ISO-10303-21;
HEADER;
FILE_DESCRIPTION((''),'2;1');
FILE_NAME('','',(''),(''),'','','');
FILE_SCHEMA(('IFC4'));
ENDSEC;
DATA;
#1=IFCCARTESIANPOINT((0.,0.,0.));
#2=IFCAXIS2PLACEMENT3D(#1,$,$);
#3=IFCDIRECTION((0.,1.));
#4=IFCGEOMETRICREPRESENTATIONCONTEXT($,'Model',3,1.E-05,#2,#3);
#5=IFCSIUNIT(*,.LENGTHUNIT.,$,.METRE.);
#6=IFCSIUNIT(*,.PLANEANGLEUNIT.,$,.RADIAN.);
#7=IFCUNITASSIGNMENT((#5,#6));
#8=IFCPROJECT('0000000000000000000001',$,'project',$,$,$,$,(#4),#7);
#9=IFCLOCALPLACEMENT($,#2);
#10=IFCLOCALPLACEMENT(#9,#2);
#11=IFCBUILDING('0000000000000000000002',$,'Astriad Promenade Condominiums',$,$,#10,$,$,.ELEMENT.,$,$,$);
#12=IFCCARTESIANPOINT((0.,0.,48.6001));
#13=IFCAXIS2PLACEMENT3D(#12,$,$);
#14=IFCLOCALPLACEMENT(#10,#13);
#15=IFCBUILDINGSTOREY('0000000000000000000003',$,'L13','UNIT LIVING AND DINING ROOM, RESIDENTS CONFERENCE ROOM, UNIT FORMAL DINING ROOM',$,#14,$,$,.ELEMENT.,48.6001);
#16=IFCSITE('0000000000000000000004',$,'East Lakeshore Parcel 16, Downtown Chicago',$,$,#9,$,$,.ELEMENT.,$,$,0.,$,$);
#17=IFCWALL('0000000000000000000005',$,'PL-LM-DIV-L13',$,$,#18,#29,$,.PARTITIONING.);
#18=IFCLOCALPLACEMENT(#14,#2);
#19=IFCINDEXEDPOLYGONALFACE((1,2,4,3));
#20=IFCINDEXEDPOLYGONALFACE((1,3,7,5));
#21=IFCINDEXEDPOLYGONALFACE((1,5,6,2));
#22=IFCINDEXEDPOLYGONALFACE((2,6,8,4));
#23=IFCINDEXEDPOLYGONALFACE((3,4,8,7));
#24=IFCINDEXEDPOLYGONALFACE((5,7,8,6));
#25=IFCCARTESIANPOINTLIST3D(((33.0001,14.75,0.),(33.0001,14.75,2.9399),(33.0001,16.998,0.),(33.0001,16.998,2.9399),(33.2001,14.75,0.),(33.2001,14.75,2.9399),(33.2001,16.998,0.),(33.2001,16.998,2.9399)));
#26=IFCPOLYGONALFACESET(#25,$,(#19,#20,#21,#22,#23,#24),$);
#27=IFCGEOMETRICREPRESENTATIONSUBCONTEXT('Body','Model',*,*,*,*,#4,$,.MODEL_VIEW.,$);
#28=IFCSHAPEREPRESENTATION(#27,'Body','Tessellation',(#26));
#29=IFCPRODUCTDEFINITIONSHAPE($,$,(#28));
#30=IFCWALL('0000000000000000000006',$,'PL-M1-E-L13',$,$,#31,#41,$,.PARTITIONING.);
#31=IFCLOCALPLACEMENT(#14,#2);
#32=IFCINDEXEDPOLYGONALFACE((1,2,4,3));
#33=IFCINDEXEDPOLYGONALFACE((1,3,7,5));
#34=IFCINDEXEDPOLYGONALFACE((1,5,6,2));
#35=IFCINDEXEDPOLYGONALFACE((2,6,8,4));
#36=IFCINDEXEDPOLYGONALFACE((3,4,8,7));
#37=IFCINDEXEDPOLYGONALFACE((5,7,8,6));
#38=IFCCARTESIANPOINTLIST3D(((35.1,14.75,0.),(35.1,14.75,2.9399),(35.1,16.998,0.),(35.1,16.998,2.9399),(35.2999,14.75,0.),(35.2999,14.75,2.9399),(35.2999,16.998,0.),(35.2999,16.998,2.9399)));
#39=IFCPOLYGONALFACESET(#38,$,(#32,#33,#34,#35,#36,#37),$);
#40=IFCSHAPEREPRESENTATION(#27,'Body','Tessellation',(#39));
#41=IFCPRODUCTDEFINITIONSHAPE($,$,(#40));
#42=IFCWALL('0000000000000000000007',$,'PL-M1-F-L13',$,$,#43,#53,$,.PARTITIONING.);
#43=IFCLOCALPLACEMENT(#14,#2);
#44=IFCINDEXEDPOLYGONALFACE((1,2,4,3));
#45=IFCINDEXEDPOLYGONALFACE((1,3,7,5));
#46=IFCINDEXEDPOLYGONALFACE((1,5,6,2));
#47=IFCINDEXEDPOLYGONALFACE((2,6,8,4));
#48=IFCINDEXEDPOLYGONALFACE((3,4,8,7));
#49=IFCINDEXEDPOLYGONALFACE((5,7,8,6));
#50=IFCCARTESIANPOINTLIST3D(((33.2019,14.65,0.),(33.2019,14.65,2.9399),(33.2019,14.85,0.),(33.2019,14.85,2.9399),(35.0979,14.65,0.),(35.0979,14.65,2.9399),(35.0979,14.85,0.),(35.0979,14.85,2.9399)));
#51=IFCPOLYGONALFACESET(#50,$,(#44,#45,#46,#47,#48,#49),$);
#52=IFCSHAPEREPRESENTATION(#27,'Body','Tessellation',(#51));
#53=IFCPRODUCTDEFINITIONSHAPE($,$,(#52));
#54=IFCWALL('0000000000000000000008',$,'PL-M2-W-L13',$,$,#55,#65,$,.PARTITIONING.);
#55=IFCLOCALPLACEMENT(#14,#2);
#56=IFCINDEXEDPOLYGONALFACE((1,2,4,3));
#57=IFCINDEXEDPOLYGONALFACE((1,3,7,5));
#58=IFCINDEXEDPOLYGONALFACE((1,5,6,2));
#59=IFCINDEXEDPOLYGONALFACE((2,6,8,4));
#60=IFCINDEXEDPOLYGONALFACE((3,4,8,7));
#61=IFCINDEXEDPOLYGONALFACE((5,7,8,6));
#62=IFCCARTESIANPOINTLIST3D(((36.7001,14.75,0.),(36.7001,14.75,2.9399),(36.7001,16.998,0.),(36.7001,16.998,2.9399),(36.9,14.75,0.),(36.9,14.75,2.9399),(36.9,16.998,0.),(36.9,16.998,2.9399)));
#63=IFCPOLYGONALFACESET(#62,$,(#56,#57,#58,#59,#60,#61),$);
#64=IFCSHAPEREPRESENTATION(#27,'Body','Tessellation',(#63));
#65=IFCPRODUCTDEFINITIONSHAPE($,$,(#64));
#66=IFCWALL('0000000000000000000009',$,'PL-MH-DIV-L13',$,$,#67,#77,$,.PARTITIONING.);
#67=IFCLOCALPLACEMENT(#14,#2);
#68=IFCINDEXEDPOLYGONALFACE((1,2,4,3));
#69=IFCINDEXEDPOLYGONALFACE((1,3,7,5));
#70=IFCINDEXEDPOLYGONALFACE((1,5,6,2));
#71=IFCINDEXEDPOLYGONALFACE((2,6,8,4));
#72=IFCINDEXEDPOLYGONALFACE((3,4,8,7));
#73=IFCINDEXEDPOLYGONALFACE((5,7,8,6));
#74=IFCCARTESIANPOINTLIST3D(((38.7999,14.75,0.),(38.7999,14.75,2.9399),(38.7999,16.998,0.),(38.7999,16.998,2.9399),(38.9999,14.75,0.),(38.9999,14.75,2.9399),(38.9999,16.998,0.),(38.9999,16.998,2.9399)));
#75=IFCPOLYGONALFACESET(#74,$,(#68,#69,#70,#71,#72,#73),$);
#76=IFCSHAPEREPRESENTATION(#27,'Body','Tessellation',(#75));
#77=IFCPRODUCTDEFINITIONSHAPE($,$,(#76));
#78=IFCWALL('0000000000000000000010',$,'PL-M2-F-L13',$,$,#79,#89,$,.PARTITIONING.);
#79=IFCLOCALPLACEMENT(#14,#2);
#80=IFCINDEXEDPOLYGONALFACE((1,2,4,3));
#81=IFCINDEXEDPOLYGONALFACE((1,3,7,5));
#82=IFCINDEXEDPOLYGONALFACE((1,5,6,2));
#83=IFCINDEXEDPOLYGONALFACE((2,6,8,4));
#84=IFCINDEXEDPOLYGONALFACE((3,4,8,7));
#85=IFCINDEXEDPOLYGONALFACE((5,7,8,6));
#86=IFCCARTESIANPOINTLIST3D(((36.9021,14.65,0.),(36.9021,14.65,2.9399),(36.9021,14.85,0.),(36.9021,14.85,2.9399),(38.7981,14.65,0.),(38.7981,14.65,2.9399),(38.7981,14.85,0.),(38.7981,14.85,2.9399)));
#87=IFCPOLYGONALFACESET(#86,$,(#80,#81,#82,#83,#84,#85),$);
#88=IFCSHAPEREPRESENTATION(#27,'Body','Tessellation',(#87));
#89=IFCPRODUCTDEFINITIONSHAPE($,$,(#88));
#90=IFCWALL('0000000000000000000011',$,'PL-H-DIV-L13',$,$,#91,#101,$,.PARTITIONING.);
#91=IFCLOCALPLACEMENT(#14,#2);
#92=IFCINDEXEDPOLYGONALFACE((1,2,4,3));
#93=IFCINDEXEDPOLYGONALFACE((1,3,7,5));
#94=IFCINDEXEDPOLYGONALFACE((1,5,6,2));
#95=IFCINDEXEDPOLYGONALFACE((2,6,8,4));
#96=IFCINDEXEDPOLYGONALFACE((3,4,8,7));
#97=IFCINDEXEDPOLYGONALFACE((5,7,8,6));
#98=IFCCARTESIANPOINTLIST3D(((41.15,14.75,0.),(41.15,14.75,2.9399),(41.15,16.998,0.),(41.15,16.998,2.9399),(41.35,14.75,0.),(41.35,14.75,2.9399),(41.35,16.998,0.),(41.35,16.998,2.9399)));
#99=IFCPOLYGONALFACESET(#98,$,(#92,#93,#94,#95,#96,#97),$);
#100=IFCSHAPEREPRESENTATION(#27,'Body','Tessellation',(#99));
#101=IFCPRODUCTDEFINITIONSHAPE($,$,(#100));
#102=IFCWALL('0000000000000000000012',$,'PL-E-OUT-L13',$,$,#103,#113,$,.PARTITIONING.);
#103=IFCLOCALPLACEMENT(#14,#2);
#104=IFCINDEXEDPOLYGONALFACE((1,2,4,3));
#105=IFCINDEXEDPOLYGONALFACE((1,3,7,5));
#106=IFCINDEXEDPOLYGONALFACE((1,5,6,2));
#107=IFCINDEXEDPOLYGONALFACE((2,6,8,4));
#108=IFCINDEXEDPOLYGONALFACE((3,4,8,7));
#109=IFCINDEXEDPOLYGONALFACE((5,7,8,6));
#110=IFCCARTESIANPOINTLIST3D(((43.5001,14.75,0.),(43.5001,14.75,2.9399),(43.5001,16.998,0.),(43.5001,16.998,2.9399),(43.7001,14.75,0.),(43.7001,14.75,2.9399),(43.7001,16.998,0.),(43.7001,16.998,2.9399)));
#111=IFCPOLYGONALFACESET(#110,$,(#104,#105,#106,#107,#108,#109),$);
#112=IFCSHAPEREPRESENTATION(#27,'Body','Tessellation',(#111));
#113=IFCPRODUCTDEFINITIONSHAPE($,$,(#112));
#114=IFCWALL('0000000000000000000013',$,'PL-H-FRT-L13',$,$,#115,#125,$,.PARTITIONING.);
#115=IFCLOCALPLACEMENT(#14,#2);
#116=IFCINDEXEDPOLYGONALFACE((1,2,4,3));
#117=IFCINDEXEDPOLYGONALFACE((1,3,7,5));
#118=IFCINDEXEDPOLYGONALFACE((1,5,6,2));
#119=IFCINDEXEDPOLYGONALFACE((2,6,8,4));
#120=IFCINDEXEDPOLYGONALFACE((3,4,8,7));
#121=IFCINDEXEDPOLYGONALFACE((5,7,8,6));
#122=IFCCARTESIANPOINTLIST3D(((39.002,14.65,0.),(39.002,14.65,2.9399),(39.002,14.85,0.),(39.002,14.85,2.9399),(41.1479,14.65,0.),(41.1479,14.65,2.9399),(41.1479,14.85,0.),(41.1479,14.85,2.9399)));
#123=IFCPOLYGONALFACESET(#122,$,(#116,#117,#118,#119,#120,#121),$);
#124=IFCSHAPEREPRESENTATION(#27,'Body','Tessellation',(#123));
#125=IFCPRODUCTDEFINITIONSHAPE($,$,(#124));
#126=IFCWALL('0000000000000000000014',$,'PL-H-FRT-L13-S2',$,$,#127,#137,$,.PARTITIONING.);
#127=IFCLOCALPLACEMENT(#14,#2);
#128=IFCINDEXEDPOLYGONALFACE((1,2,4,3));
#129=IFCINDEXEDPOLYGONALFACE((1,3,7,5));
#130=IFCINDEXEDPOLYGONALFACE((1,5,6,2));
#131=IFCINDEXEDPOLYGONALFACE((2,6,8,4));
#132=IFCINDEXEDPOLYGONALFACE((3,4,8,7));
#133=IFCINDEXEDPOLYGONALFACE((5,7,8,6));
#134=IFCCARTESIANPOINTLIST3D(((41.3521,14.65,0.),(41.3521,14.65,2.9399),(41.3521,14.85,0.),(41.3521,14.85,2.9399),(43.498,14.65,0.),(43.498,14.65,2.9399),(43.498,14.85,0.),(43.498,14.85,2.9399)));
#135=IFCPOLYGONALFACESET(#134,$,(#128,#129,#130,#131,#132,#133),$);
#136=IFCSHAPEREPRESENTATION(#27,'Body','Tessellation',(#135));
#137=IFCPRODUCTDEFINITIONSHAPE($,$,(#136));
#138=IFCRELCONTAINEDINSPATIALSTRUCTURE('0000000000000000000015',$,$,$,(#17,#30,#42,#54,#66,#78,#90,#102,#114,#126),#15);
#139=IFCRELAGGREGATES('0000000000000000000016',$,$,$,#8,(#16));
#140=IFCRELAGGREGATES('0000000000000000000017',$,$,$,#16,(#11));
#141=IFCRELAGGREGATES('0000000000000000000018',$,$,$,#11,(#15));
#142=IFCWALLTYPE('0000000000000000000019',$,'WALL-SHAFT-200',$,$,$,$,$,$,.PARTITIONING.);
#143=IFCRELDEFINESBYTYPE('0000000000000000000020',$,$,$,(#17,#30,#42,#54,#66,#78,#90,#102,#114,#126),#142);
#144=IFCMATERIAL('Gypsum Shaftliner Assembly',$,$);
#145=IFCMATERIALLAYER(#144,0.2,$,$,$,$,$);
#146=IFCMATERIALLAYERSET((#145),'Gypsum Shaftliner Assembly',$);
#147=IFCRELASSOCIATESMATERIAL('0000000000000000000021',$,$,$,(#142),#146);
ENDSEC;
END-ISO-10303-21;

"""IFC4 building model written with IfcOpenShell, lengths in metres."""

from ifc_helpers import new_model, si_unit, direction, frame, frame_2d, origin, place, context, subcontext, project, spatial, rectangle, extrude, material, layer, layer_set, type_object, element, save


model = new_model("IFC4")

# Units and contexts
model_context = context("Model", 3, precision=1e-05, world=origin(), true_north=direction((0.0, 1.0)))
body_context = subcontext(model_context, "Body", "Model", "MODEL_VIEW")
ifc_project = project(units=[si_unit("LENGTHUNIT", "METRE"), si_unit("PLANEANGLEUNIT", "RADIAN")], contexts=[model_context])

# Site, building, storey
site_placement = place(None, origin())
site = spatial("IfcSite", under=ifc_project, at=site_placement, Name="East Lakeshore Parcel 16, Downtown Chicago", CompositionType="ELEMENT", RefElevation=0.0)
building_placement = place(site_placement, origin())
building = spatial("IfcBuilding", under=site, at=building_placement, Name="Astriad Promenade Condominiums", CompositionType="ELEMENT")
storey_placement = place(building_placement, frame((0.0, 0.0, 48.6001)))
storey = spatial("IfcBuildingStorey", under=building, at=storey_placement, Name="L13", Description="UNIT LIVING AND DINING ROOM, RESIDENTS CONFERENCE ROOM, UNIT FORMAL DINING ROOM", CompositionType="ELEMENT", Elevation=48.6001)

# Walls
ifc_material_1 = material(Name="Gypsum Shaftliner Assembly")
ifc_layer_1 = layer(ifc_material_1, 0.2)
ifc_layer_set_1 = layer_set([ifc_layer_1], Name="Gypsum Shaftliner Assembly")
wall_type_1 = type_object("IfcWallType", Name="WALL-SHAFT-200", PredefinedType="PARTITIONING", material=ifc_layer_set_1)
for number, where, z_axis, x_axis, name in (
    (1, (33.1001, 14.75, 0.0), (0.0, 0.0, 1.0), (0.0, 1.0, 0.0), "PL-LM-DIV-L13"),
    (2, (35.2, 14.75, 0.0), (0.0, 0.0, 1.0), (0.0, 1.0, 0.0), "PL-M1-E-L13"),
):
    element("IfcWall", number, at=place(storey_placement, frame(where, z_axis=z_axis, x_axis=x_axis)), inside=storey, type_object=wall_type_1, Name=name, PredefinedType="PARTITIONING", context=body_context, shape_type="SweptSolid", body=[
        extrude(rectangle(XDim=2.248, YDim=0.2, at=frame_2d((1.124, 0.0))), origin(), (0.0, 0.0, 1.0), 2.9399),
    ])
wall_1_placement = place(storey_placement, frame((33.2019, 14.75, 0.0), z_axis=(0.0, 0.0, 1.0), x_axis=(1.0, 0.0, 0.0)))
element("IfcWall", 3, at=wall_1_placement, inside=storey, type_object=wall_type_1, Name="PL-M1-F-L13", PredefinedType="PARTITIONING", context=body_context, shape_type="SweptSolid", body=[
    extrude(rectangle(XDim=1.896, YDim=0.2, at=frame_2d((0.948, 0.0))), origin(), (0.0, 0.0, 1.0), 2.9399),
])
for number, where, z_axis, x_axis, name in (
    (4, (36.8, 14.75, 0.0), (0.0, 0.0, 1.0), (0.0, 1.0, 0.0), "PL-M2-W-L13"),
    (5, (38.8999, 14.75, 0.0), (0.0, 0.0, 1.0), (0.0, 1.0, 0.0), "PL-MH-DIV-L13"),
):
    element("IfcWall", number, at=place(storey_placement, frame(where, z_axis=z_axis, x_axis=x_axis)), inside=storey, type_object=wall_type_1, Name=name, PredefinedType="PARTITIONING", context=body_context, shape_type="SweptSolid", body=[
        extrude(rectangle(XDim=2.248, YDim=0.2, at=frame_2d((1.124, 0.0))), origin(), (0.0, 0.0, 1.0), 2.9399),
    ])
wall_2_placement = place(storey_placement, frame((36.9021, 14.75, 0.0), z_axis=(0.0, 0.0, 1.0), x_axis=(1.0, 0.0, 0.0)))
element("IfcWall", 6, at=wall_2_placement, inside=storey, type_object=wall_type_1, Name="PL-M2-F-L13", PredefinedType="PARTITIONING", context=body_context, shape_type="SweptSolid", body=[
    extrude(rectangle(XDim=1.896, YDim=0.2, at=frame_2d((0.948, 0.0))), origin(), (0.0, 0.0, 1.0), 2.9399),
])
for number, where, z_axis, x_axis, name in (
    (7, (41.25, 14.75, 0.0), (0.0, 0.0, 1.0), (0.0, 1.0, 0.0), "PL-H-DIV-L13"),
    (8, (43.6001, 14.75, 0.0), (0.0, 0.0, 1.0), (0.0, 1.0, 0.0), "PL-E-OUT-L13"),
):
    element("IfcWall", number, at=place(storey_placement, frame(where, z_axis=z_axis, x_axis=x_axis)), inside=storey, type_object=wall_type_1, Name=name, PredefinedType="PARTITIONING", context=body_context, shape_type="SweptSolid", body=[
        extrude(rectangle(XDim=2.248, YDim=0.2, at=frame_2d((1.124, 0.0))), origin(), (0.0, 0.0, 1.0), 2.9399),
    ])
for number, where, z_axis, x_axis, name in (
    (9, (39.002, 14.75, 0.0), (0.0, 0.0, 1.0), (1.0, 0.0, 0.0), "PL-H-FRT-L13"),
    (10, (41.3521, 14.75, 0.0), (0.0, 0.0, 1.0), (1.0, 0.0, 0.0), "PL-H-FRT-L13-S2"),
):
    element("IfcWall", number, at=place(storey_placement, frame(where, z_axis=z_axis, x_axis=x_axis)), inside=storey, type_object=wall_type_1, Name=name, PredefinedType="PARTITIONING", context=body_context, shape_type="SweptSolid", body=[
        extrude(rectangle(XDim=2.146, YDim=0.2, at=frame_2d((1.073, 0.0))), origin(), (0.0, 0.0, 1.0), 2.9399),
    ])

save(model, "model.ifc")
